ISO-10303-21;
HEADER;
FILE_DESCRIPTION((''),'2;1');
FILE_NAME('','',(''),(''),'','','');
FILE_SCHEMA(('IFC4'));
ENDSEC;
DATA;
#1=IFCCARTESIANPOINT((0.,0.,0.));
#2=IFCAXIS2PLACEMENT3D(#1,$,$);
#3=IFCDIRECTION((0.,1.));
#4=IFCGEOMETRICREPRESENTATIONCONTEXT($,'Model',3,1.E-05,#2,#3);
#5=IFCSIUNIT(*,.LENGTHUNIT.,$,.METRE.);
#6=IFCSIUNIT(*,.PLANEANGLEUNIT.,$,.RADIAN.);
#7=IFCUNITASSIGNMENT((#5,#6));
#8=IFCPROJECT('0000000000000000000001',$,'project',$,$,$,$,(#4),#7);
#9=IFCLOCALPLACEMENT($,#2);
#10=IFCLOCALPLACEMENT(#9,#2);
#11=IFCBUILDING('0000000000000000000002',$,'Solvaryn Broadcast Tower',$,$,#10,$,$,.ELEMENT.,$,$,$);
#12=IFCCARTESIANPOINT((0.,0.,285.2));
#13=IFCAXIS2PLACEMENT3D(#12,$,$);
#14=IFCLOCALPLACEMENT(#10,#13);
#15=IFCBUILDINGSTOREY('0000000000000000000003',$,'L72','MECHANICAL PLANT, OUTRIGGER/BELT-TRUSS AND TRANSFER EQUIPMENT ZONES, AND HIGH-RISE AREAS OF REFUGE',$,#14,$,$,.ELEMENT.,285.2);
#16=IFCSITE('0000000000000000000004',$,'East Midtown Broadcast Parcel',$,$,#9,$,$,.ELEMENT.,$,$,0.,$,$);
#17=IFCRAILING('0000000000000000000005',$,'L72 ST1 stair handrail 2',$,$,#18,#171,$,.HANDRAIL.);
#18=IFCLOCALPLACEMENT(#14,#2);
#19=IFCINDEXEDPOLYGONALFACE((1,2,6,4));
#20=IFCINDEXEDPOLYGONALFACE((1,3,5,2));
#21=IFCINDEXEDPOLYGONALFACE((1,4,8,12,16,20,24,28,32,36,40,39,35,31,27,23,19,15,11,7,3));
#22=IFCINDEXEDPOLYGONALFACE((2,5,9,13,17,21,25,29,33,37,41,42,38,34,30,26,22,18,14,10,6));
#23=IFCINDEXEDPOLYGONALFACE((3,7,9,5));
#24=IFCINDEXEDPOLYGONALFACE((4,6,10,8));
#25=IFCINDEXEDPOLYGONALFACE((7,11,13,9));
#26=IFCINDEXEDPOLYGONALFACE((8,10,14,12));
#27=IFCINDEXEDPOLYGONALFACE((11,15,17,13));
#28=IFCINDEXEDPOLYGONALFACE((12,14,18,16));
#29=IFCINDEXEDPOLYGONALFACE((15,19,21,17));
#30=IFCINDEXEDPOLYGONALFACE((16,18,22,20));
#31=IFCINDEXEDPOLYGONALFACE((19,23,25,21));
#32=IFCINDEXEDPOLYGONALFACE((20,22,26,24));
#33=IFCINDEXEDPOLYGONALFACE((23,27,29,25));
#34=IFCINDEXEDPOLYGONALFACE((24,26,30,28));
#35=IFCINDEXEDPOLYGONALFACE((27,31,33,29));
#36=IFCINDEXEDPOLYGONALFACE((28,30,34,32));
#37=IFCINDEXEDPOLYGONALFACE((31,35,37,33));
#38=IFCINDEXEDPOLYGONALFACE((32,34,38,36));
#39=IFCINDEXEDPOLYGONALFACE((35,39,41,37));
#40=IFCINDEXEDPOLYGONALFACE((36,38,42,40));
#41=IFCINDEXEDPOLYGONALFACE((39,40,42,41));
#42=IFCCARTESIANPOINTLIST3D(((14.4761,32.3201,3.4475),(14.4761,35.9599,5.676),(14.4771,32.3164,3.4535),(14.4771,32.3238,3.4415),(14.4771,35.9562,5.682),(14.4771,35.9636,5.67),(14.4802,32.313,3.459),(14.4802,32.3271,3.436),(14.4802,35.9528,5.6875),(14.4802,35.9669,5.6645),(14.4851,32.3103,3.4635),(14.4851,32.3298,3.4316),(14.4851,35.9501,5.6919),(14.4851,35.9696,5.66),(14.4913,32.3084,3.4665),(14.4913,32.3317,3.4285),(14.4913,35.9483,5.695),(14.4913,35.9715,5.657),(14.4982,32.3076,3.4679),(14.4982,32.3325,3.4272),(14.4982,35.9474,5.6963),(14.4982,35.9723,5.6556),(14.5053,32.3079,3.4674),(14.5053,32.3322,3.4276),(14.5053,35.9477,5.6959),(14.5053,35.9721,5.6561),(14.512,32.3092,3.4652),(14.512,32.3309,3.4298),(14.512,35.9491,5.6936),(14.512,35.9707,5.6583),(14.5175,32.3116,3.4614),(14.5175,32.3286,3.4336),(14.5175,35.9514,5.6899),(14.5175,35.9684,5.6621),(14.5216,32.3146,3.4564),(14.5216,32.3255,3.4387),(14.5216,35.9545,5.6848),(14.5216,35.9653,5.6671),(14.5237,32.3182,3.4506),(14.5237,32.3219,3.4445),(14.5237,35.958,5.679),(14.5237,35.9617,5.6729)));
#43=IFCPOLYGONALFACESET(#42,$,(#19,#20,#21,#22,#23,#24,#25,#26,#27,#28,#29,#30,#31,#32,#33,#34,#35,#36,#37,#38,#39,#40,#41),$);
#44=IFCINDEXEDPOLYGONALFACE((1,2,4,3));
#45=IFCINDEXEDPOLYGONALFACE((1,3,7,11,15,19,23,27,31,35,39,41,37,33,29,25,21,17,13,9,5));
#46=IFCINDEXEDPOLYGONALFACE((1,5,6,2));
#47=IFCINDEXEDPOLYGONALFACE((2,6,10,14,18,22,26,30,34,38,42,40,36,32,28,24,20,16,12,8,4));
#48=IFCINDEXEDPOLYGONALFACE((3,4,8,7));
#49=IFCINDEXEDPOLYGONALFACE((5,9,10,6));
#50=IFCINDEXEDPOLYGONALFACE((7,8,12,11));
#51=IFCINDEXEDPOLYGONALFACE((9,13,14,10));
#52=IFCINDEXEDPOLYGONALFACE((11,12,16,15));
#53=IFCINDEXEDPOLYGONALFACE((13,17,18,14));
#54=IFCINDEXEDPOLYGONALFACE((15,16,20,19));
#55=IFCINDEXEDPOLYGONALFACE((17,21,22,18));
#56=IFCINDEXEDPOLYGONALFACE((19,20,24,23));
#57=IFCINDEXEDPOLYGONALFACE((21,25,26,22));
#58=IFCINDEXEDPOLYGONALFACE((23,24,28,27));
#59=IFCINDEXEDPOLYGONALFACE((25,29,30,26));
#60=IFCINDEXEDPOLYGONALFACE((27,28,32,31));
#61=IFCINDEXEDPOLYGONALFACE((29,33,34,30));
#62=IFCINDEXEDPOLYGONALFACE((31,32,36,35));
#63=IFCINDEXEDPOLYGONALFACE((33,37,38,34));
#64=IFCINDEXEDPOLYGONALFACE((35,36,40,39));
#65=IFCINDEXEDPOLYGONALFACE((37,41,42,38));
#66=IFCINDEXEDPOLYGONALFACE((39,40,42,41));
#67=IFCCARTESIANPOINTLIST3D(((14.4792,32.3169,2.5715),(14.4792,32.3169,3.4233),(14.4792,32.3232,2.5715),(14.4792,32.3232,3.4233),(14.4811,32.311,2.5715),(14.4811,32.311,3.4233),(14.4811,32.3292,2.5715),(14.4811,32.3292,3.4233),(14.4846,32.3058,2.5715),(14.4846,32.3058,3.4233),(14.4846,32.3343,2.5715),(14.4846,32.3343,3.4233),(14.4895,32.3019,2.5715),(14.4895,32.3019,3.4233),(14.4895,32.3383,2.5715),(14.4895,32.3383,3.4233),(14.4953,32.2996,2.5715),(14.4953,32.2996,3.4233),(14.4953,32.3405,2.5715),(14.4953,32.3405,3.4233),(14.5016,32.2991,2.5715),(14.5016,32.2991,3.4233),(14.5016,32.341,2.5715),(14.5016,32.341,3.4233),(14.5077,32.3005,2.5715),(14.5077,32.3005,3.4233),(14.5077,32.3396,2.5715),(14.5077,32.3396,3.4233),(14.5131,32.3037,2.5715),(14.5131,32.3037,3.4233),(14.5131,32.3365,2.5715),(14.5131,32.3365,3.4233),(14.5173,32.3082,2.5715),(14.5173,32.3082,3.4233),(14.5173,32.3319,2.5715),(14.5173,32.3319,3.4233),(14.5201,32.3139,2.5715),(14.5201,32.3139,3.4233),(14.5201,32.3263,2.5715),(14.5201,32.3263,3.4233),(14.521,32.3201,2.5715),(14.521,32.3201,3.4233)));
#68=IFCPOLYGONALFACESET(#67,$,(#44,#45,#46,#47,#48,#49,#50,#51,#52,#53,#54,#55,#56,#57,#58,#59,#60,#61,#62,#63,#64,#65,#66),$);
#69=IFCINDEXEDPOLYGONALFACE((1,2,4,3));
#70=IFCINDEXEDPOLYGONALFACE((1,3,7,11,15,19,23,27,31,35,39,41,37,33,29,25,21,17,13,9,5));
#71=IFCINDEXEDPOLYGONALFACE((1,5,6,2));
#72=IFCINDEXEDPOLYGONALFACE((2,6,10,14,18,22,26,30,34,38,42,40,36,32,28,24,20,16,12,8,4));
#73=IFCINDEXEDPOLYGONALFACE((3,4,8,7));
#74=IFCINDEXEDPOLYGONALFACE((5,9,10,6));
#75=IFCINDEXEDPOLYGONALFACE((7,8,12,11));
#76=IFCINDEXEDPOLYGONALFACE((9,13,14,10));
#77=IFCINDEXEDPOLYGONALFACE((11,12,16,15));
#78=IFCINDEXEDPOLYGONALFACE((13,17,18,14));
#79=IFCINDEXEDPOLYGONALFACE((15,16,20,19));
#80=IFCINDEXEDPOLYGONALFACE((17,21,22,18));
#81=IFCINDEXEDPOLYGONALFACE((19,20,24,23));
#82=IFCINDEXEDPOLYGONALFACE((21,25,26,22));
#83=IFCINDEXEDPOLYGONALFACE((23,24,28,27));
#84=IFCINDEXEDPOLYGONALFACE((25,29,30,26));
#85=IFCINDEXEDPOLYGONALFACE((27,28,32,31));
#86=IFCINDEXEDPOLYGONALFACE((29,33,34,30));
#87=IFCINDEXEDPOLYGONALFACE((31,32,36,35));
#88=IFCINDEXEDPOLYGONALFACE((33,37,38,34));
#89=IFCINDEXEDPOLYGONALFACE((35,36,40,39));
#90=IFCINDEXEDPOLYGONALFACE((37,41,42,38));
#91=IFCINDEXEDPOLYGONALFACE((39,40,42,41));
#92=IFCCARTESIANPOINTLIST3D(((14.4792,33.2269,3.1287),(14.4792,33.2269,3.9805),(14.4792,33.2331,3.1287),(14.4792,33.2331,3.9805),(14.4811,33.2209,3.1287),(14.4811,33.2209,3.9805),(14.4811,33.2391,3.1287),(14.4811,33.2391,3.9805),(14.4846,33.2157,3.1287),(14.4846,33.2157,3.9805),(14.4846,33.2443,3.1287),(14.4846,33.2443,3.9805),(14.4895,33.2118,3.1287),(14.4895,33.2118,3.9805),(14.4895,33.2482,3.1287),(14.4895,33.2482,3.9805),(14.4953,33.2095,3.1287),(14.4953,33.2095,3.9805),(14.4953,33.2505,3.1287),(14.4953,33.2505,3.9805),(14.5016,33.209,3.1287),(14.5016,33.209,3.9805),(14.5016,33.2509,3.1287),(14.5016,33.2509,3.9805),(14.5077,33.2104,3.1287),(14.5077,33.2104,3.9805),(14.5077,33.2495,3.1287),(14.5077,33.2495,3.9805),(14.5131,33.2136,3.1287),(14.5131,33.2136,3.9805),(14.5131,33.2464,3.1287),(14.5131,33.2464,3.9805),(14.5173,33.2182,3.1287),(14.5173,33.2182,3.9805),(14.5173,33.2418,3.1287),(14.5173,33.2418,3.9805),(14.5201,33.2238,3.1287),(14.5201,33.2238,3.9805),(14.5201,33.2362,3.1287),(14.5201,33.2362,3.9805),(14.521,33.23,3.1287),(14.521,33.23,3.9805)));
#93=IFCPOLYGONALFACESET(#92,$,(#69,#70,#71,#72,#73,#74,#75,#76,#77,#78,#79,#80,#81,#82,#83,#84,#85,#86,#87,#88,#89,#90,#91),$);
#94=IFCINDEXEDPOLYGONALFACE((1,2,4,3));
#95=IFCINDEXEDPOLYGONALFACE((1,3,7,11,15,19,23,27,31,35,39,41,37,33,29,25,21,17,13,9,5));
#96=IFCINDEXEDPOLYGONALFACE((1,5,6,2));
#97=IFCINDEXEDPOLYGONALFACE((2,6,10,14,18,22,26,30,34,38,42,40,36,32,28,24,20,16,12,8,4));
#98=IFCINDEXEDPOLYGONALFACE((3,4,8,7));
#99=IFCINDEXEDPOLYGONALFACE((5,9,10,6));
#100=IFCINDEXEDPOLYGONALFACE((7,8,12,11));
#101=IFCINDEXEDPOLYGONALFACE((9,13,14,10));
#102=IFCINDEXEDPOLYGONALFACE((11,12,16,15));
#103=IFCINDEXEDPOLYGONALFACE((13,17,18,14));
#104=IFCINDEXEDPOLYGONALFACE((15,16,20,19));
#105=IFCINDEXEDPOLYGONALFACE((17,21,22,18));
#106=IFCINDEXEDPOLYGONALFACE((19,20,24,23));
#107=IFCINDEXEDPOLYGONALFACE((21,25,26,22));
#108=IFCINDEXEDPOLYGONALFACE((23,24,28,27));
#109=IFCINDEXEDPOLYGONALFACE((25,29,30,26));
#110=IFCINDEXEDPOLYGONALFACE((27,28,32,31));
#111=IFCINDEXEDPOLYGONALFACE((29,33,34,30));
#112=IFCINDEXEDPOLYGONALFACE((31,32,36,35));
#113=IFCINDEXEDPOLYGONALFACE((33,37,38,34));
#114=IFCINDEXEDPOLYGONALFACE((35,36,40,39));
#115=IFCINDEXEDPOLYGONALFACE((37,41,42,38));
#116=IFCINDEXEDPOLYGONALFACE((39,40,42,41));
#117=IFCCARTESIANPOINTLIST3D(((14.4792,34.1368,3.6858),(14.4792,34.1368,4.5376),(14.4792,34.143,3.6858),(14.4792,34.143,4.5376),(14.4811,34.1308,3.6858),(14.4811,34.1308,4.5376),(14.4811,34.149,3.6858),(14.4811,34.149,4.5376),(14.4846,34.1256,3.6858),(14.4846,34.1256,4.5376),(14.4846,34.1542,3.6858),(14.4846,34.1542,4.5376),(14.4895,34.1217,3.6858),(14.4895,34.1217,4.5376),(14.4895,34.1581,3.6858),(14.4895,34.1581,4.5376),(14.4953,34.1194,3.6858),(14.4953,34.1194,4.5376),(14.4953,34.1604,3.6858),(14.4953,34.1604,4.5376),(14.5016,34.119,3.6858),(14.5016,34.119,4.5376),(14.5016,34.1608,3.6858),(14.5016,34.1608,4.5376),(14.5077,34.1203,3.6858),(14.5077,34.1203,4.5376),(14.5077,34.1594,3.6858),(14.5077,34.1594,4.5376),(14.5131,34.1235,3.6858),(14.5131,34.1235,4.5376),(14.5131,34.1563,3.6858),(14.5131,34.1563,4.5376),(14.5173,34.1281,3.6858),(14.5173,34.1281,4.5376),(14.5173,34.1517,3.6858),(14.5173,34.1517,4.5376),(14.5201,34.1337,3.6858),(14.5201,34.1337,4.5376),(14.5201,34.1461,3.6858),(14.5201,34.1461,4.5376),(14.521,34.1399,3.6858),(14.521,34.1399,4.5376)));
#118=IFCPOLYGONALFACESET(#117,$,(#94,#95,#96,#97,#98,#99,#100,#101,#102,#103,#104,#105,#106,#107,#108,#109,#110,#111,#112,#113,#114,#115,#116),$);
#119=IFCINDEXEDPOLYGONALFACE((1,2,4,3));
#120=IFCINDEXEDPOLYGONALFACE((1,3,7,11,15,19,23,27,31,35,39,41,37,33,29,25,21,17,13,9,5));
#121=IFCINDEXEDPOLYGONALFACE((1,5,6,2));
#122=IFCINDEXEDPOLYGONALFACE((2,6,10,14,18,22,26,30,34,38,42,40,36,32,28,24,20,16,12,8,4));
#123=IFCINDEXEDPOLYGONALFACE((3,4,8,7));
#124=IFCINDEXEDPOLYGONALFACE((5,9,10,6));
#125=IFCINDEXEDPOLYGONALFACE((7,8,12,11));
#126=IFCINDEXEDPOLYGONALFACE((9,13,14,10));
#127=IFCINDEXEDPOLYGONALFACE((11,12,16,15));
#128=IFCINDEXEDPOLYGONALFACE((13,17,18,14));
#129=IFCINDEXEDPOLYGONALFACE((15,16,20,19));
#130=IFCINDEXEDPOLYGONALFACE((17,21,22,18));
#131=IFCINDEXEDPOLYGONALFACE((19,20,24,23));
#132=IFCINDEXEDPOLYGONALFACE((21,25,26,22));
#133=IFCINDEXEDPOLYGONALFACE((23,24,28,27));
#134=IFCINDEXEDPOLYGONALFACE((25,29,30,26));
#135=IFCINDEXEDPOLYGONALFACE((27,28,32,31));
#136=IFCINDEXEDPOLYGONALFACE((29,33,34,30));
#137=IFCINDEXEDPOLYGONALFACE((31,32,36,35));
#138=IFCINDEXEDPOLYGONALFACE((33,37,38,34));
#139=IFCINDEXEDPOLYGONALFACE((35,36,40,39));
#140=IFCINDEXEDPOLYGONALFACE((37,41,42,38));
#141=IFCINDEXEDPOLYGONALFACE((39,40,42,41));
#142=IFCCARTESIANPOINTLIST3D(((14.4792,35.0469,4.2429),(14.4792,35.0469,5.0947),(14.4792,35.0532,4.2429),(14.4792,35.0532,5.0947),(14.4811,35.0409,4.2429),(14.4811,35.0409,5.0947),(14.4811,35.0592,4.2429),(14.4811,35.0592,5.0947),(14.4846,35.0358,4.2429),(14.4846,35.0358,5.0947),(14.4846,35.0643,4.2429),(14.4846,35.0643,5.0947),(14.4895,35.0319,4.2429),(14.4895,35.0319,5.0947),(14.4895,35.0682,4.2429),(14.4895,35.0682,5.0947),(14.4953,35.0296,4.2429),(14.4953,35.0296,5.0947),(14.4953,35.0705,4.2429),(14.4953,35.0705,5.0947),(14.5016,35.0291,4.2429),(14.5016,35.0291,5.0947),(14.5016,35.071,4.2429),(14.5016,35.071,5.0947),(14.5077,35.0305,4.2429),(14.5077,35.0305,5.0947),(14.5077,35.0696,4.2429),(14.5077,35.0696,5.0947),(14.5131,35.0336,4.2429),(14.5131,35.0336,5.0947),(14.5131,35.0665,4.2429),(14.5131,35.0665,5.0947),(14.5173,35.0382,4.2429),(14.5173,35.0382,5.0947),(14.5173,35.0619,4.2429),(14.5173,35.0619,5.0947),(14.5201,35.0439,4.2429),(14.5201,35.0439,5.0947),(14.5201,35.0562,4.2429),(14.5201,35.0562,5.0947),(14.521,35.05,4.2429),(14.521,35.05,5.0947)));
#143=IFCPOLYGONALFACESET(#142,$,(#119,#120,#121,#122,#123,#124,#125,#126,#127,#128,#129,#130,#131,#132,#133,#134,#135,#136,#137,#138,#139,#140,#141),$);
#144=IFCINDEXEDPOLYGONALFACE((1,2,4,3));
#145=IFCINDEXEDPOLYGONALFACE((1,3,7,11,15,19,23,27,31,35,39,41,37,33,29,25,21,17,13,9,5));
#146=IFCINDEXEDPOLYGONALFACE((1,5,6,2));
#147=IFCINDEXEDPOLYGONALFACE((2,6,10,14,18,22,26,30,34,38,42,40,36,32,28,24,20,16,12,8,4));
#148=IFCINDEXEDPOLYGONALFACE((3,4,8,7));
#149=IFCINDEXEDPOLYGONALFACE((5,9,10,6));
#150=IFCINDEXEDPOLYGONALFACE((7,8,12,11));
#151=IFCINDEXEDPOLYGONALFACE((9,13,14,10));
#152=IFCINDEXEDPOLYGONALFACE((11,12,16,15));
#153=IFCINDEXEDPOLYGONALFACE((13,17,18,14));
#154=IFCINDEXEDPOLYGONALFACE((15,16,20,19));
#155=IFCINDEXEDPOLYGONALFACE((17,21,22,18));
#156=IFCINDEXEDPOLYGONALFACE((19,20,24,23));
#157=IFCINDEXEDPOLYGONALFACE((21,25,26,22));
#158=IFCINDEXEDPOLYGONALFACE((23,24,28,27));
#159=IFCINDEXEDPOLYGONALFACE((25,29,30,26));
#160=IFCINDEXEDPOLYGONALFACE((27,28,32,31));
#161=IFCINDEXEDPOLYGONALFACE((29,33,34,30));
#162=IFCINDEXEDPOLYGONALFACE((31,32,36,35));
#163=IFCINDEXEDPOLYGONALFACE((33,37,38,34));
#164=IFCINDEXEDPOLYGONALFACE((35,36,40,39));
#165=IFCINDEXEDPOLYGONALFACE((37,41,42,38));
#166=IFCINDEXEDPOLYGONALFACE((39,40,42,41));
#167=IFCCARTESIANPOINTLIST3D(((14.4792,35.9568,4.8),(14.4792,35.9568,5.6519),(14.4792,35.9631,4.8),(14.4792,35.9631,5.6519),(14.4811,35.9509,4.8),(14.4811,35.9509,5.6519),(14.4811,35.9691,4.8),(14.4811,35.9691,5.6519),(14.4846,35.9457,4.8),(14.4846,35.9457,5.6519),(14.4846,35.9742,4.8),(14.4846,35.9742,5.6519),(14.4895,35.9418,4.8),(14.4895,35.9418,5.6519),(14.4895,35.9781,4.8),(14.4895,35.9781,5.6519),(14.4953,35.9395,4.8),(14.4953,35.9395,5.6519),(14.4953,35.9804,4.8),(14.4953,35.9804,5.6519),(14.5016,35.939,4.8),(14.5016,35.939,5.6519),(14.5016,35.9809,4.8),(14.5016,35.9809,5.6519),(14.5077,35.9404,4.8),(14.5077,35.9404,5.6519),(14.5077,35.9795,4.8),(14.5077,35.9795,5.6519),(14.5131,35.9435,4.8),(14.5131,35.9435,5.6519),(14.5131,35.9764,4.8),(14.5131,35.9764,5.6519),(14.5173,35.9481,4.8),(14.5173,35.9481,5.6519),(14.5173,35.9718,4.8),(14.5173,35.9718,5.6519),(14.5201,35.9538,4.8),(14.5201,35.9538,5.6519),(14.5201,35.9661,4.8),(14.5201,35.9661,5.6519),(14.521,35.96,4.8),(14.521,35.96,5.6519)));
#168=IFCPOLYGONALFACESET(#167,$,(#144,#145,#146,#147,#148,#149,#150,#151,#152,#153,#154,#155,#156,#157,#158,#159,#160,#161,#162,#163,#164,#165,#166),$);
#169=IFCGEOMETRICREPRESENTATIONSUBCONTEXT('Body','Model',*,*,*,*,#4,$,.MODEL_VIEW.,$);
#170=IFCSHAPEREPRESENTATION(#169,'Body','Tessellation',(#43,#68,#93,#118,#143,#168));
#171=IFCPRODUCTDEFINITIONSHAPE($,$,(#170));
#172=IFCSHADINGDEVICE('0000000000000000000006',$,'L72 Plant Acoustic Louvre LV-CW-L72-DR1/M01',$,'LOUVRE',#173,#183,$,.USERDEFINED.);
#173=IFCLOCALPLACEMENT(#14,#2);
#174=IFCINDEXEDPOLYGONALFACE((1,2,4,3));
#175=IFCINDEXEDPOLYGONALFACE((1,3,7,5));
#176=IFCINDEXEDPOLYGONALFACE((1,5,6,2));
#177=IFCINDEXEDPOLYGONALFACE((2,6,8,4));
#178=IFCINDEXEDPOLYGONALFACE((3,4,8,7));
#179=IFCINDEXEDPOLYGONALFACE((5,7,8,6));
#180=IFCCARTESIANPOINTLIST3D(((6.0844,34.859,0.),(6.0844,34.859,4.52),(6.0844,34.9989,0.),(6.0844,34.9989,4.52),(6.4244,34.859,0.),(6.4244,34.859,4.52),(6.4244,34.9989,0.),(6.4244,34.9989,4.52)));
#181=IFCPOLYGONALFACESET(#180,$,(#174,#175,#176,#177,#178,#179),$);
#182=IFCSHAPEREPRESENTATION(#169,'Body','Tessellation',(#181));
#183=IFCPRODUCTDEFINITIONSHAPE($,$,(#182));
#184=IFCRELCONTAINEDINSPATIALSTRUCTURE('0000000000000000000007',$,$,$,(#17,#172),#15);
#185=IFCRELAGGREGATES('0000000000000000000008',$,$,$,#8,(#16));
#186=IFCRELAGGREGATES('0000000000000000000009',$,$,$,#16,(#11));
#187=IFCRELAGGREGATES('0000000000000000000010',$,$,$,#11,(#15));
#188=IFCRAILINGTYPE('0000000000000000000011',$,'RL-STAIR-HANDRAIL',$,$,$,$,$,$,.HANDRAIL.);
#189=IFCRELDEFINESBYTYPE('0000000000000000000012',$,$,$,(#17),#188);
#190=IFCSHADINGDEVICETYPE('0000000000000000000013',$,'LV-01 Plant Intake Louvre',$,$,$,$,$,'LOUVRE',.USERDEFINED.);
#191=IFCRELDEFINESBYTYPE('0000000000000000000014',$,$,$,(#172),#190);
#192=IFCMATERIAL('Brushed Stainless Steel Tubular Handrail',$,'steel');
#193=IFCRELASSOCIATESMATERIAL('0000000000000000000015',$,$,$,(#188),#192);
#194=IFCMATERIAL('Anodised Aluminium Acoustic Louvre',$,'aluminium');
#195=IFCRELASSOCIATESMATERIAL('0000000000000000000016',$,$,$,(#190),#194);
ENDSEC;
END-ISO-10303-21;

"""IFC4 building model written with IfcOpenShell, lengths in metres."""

from ifc_helpers import new_model, si_unit, direction, frame, origin, origin_2d, place, context, subcontext, project, spatial, rectangle, circle, extrude, material, type_object, element, save


model = new_model("IFC4")

# Units and contexts
model_context = context("Model", 3, precision=1e-05, world=origin(), true_north=direction((0.0, 1.0)))
body_context = subcontext(model_context, "Body", "Model", "MODEL_VIEW")
ifc_project = project(units=[si_unit("LENGTHUNIT", "METRE"), si_unit("PLANEANGLEUNIT", "RADIAN")], contexts=[model_context])

# Site, building, storey
site_placement = place(None, origin())
site = spatial("IfcSite", under=ifc_project, at=site_placement, Name="East Midtown Broadcast Parcel", CompositionType="ELEMENT", RefElevation=0.0)
building_placement = place(site_placement, origin())
building = spatial("IfcBuilding", under=site, at=building_placement, Name="Solvaryn Broadcast Tower", CompositionType="ELEMENT")
storey_placement = place(building_placement, frame((0.0, 0.0, 285.2)))
storey = spatial("IfcBuildingStorey", under=building, at=storey_placement, Name="L72", Description="MECHANICAL PLANT, OUTRIGGER/BELT-TRUSS AND TRANSFER EQUIPMENT ZONES, AND HIGH-RISE AREAS OF REFUGE", CompositionType="ELEMENT", Elevation=285.2)

# Railing
ifc_material_1 = material(Name="Brushed Stainless Steel Tubular Handrail", Category="steel")
railing_type_1 = type_object("IfcRailingType", Name="RL-STAIR-HANDRAIL", PredefinedType="HANDRAIL", material=ifc_material_1)
railing_1_placement = place(storey_placement, frame((14.5, 32.3201, 2.5715)))
element("IfcRailing", 1, at=railing_1_placement, inside=storey, type_object=railing_type_1, Name="L72 ST1 stair handrail 2", PredefinedType="HANDRAIL", context=body_context, shape_type="SweptSolid", body=[
    extrude(circle(Radius=0.0239, at=origin_2d()), frame((0.0, 0.0, 0.876), z_axis=(0.0, 0.85285, 0.522156), x_axis=(-1.0, 0.0, 0.0)), (0.0, 0.0, 1.0), 4.2678),
    extrude(circle(Radius=0.021, at=origin_2d()), origin(), (0.0, 0.0, 1.0), 0.8518),
    extrude(circle(Radius=0.021, at=origin_2d()), frame((0.0, 0.9099, 0.5571)), (0.0, 0.0, 1.0), 0.8518),
    extrude(circle(Radius=0.021, at=origin_2d()), frame((0.0, 1.8198, 1.1143)), (0.0, 0.0, 1.0), 0.8518),
    extrude(circle(Radius=0.021, at=origin_2d()), frame((0.0, 2.73, 1.6714)), (0.0, 0.0, 1.0), 0.8518),
    extrude(circle(Radius=0.021, at=origin_2d()), frame((0.0, 3.6399, 2.2285)), (0.0, 0.0, 1.0), 0.8518),
])

# Shading device
ifc_material_2 = material(Name="Anodised Aluminium Acoustic Louvre", Category="aluminium")
shading_device_type = type_object("IfcShadingDeviceType", Name="LV-01 Plant Intake Louvre", ElementType="LOUVRE", PredefinedType="USERDEFINED", material=ifc_material_2)
shading_device_placement = place(storey_placement, frame((6.2544, 34.929, 0.0), z_axis=(0.0, 0.0, 1.0), x_axis=(1.0, 0.0, 0.0)))
element("IfcShadingDevice", 2, at=shading_device_placement, inside=storey, type_object=shading_device_type, Name="L72 Plant Acoustic Louvre LV-CW-L72-DR1/M01", ObjectType="LOUVRE", PredefinedType="USERDEFINED", context=body_context, shape_type="SweptSolid", body=[
    extrude(rectangle(XDim=0.3401, YDim=0.1399, at=origin_2d()), origin(), (0.0, 0.0, 1.0), 4.52),
])

save(model, "model.ifc")
